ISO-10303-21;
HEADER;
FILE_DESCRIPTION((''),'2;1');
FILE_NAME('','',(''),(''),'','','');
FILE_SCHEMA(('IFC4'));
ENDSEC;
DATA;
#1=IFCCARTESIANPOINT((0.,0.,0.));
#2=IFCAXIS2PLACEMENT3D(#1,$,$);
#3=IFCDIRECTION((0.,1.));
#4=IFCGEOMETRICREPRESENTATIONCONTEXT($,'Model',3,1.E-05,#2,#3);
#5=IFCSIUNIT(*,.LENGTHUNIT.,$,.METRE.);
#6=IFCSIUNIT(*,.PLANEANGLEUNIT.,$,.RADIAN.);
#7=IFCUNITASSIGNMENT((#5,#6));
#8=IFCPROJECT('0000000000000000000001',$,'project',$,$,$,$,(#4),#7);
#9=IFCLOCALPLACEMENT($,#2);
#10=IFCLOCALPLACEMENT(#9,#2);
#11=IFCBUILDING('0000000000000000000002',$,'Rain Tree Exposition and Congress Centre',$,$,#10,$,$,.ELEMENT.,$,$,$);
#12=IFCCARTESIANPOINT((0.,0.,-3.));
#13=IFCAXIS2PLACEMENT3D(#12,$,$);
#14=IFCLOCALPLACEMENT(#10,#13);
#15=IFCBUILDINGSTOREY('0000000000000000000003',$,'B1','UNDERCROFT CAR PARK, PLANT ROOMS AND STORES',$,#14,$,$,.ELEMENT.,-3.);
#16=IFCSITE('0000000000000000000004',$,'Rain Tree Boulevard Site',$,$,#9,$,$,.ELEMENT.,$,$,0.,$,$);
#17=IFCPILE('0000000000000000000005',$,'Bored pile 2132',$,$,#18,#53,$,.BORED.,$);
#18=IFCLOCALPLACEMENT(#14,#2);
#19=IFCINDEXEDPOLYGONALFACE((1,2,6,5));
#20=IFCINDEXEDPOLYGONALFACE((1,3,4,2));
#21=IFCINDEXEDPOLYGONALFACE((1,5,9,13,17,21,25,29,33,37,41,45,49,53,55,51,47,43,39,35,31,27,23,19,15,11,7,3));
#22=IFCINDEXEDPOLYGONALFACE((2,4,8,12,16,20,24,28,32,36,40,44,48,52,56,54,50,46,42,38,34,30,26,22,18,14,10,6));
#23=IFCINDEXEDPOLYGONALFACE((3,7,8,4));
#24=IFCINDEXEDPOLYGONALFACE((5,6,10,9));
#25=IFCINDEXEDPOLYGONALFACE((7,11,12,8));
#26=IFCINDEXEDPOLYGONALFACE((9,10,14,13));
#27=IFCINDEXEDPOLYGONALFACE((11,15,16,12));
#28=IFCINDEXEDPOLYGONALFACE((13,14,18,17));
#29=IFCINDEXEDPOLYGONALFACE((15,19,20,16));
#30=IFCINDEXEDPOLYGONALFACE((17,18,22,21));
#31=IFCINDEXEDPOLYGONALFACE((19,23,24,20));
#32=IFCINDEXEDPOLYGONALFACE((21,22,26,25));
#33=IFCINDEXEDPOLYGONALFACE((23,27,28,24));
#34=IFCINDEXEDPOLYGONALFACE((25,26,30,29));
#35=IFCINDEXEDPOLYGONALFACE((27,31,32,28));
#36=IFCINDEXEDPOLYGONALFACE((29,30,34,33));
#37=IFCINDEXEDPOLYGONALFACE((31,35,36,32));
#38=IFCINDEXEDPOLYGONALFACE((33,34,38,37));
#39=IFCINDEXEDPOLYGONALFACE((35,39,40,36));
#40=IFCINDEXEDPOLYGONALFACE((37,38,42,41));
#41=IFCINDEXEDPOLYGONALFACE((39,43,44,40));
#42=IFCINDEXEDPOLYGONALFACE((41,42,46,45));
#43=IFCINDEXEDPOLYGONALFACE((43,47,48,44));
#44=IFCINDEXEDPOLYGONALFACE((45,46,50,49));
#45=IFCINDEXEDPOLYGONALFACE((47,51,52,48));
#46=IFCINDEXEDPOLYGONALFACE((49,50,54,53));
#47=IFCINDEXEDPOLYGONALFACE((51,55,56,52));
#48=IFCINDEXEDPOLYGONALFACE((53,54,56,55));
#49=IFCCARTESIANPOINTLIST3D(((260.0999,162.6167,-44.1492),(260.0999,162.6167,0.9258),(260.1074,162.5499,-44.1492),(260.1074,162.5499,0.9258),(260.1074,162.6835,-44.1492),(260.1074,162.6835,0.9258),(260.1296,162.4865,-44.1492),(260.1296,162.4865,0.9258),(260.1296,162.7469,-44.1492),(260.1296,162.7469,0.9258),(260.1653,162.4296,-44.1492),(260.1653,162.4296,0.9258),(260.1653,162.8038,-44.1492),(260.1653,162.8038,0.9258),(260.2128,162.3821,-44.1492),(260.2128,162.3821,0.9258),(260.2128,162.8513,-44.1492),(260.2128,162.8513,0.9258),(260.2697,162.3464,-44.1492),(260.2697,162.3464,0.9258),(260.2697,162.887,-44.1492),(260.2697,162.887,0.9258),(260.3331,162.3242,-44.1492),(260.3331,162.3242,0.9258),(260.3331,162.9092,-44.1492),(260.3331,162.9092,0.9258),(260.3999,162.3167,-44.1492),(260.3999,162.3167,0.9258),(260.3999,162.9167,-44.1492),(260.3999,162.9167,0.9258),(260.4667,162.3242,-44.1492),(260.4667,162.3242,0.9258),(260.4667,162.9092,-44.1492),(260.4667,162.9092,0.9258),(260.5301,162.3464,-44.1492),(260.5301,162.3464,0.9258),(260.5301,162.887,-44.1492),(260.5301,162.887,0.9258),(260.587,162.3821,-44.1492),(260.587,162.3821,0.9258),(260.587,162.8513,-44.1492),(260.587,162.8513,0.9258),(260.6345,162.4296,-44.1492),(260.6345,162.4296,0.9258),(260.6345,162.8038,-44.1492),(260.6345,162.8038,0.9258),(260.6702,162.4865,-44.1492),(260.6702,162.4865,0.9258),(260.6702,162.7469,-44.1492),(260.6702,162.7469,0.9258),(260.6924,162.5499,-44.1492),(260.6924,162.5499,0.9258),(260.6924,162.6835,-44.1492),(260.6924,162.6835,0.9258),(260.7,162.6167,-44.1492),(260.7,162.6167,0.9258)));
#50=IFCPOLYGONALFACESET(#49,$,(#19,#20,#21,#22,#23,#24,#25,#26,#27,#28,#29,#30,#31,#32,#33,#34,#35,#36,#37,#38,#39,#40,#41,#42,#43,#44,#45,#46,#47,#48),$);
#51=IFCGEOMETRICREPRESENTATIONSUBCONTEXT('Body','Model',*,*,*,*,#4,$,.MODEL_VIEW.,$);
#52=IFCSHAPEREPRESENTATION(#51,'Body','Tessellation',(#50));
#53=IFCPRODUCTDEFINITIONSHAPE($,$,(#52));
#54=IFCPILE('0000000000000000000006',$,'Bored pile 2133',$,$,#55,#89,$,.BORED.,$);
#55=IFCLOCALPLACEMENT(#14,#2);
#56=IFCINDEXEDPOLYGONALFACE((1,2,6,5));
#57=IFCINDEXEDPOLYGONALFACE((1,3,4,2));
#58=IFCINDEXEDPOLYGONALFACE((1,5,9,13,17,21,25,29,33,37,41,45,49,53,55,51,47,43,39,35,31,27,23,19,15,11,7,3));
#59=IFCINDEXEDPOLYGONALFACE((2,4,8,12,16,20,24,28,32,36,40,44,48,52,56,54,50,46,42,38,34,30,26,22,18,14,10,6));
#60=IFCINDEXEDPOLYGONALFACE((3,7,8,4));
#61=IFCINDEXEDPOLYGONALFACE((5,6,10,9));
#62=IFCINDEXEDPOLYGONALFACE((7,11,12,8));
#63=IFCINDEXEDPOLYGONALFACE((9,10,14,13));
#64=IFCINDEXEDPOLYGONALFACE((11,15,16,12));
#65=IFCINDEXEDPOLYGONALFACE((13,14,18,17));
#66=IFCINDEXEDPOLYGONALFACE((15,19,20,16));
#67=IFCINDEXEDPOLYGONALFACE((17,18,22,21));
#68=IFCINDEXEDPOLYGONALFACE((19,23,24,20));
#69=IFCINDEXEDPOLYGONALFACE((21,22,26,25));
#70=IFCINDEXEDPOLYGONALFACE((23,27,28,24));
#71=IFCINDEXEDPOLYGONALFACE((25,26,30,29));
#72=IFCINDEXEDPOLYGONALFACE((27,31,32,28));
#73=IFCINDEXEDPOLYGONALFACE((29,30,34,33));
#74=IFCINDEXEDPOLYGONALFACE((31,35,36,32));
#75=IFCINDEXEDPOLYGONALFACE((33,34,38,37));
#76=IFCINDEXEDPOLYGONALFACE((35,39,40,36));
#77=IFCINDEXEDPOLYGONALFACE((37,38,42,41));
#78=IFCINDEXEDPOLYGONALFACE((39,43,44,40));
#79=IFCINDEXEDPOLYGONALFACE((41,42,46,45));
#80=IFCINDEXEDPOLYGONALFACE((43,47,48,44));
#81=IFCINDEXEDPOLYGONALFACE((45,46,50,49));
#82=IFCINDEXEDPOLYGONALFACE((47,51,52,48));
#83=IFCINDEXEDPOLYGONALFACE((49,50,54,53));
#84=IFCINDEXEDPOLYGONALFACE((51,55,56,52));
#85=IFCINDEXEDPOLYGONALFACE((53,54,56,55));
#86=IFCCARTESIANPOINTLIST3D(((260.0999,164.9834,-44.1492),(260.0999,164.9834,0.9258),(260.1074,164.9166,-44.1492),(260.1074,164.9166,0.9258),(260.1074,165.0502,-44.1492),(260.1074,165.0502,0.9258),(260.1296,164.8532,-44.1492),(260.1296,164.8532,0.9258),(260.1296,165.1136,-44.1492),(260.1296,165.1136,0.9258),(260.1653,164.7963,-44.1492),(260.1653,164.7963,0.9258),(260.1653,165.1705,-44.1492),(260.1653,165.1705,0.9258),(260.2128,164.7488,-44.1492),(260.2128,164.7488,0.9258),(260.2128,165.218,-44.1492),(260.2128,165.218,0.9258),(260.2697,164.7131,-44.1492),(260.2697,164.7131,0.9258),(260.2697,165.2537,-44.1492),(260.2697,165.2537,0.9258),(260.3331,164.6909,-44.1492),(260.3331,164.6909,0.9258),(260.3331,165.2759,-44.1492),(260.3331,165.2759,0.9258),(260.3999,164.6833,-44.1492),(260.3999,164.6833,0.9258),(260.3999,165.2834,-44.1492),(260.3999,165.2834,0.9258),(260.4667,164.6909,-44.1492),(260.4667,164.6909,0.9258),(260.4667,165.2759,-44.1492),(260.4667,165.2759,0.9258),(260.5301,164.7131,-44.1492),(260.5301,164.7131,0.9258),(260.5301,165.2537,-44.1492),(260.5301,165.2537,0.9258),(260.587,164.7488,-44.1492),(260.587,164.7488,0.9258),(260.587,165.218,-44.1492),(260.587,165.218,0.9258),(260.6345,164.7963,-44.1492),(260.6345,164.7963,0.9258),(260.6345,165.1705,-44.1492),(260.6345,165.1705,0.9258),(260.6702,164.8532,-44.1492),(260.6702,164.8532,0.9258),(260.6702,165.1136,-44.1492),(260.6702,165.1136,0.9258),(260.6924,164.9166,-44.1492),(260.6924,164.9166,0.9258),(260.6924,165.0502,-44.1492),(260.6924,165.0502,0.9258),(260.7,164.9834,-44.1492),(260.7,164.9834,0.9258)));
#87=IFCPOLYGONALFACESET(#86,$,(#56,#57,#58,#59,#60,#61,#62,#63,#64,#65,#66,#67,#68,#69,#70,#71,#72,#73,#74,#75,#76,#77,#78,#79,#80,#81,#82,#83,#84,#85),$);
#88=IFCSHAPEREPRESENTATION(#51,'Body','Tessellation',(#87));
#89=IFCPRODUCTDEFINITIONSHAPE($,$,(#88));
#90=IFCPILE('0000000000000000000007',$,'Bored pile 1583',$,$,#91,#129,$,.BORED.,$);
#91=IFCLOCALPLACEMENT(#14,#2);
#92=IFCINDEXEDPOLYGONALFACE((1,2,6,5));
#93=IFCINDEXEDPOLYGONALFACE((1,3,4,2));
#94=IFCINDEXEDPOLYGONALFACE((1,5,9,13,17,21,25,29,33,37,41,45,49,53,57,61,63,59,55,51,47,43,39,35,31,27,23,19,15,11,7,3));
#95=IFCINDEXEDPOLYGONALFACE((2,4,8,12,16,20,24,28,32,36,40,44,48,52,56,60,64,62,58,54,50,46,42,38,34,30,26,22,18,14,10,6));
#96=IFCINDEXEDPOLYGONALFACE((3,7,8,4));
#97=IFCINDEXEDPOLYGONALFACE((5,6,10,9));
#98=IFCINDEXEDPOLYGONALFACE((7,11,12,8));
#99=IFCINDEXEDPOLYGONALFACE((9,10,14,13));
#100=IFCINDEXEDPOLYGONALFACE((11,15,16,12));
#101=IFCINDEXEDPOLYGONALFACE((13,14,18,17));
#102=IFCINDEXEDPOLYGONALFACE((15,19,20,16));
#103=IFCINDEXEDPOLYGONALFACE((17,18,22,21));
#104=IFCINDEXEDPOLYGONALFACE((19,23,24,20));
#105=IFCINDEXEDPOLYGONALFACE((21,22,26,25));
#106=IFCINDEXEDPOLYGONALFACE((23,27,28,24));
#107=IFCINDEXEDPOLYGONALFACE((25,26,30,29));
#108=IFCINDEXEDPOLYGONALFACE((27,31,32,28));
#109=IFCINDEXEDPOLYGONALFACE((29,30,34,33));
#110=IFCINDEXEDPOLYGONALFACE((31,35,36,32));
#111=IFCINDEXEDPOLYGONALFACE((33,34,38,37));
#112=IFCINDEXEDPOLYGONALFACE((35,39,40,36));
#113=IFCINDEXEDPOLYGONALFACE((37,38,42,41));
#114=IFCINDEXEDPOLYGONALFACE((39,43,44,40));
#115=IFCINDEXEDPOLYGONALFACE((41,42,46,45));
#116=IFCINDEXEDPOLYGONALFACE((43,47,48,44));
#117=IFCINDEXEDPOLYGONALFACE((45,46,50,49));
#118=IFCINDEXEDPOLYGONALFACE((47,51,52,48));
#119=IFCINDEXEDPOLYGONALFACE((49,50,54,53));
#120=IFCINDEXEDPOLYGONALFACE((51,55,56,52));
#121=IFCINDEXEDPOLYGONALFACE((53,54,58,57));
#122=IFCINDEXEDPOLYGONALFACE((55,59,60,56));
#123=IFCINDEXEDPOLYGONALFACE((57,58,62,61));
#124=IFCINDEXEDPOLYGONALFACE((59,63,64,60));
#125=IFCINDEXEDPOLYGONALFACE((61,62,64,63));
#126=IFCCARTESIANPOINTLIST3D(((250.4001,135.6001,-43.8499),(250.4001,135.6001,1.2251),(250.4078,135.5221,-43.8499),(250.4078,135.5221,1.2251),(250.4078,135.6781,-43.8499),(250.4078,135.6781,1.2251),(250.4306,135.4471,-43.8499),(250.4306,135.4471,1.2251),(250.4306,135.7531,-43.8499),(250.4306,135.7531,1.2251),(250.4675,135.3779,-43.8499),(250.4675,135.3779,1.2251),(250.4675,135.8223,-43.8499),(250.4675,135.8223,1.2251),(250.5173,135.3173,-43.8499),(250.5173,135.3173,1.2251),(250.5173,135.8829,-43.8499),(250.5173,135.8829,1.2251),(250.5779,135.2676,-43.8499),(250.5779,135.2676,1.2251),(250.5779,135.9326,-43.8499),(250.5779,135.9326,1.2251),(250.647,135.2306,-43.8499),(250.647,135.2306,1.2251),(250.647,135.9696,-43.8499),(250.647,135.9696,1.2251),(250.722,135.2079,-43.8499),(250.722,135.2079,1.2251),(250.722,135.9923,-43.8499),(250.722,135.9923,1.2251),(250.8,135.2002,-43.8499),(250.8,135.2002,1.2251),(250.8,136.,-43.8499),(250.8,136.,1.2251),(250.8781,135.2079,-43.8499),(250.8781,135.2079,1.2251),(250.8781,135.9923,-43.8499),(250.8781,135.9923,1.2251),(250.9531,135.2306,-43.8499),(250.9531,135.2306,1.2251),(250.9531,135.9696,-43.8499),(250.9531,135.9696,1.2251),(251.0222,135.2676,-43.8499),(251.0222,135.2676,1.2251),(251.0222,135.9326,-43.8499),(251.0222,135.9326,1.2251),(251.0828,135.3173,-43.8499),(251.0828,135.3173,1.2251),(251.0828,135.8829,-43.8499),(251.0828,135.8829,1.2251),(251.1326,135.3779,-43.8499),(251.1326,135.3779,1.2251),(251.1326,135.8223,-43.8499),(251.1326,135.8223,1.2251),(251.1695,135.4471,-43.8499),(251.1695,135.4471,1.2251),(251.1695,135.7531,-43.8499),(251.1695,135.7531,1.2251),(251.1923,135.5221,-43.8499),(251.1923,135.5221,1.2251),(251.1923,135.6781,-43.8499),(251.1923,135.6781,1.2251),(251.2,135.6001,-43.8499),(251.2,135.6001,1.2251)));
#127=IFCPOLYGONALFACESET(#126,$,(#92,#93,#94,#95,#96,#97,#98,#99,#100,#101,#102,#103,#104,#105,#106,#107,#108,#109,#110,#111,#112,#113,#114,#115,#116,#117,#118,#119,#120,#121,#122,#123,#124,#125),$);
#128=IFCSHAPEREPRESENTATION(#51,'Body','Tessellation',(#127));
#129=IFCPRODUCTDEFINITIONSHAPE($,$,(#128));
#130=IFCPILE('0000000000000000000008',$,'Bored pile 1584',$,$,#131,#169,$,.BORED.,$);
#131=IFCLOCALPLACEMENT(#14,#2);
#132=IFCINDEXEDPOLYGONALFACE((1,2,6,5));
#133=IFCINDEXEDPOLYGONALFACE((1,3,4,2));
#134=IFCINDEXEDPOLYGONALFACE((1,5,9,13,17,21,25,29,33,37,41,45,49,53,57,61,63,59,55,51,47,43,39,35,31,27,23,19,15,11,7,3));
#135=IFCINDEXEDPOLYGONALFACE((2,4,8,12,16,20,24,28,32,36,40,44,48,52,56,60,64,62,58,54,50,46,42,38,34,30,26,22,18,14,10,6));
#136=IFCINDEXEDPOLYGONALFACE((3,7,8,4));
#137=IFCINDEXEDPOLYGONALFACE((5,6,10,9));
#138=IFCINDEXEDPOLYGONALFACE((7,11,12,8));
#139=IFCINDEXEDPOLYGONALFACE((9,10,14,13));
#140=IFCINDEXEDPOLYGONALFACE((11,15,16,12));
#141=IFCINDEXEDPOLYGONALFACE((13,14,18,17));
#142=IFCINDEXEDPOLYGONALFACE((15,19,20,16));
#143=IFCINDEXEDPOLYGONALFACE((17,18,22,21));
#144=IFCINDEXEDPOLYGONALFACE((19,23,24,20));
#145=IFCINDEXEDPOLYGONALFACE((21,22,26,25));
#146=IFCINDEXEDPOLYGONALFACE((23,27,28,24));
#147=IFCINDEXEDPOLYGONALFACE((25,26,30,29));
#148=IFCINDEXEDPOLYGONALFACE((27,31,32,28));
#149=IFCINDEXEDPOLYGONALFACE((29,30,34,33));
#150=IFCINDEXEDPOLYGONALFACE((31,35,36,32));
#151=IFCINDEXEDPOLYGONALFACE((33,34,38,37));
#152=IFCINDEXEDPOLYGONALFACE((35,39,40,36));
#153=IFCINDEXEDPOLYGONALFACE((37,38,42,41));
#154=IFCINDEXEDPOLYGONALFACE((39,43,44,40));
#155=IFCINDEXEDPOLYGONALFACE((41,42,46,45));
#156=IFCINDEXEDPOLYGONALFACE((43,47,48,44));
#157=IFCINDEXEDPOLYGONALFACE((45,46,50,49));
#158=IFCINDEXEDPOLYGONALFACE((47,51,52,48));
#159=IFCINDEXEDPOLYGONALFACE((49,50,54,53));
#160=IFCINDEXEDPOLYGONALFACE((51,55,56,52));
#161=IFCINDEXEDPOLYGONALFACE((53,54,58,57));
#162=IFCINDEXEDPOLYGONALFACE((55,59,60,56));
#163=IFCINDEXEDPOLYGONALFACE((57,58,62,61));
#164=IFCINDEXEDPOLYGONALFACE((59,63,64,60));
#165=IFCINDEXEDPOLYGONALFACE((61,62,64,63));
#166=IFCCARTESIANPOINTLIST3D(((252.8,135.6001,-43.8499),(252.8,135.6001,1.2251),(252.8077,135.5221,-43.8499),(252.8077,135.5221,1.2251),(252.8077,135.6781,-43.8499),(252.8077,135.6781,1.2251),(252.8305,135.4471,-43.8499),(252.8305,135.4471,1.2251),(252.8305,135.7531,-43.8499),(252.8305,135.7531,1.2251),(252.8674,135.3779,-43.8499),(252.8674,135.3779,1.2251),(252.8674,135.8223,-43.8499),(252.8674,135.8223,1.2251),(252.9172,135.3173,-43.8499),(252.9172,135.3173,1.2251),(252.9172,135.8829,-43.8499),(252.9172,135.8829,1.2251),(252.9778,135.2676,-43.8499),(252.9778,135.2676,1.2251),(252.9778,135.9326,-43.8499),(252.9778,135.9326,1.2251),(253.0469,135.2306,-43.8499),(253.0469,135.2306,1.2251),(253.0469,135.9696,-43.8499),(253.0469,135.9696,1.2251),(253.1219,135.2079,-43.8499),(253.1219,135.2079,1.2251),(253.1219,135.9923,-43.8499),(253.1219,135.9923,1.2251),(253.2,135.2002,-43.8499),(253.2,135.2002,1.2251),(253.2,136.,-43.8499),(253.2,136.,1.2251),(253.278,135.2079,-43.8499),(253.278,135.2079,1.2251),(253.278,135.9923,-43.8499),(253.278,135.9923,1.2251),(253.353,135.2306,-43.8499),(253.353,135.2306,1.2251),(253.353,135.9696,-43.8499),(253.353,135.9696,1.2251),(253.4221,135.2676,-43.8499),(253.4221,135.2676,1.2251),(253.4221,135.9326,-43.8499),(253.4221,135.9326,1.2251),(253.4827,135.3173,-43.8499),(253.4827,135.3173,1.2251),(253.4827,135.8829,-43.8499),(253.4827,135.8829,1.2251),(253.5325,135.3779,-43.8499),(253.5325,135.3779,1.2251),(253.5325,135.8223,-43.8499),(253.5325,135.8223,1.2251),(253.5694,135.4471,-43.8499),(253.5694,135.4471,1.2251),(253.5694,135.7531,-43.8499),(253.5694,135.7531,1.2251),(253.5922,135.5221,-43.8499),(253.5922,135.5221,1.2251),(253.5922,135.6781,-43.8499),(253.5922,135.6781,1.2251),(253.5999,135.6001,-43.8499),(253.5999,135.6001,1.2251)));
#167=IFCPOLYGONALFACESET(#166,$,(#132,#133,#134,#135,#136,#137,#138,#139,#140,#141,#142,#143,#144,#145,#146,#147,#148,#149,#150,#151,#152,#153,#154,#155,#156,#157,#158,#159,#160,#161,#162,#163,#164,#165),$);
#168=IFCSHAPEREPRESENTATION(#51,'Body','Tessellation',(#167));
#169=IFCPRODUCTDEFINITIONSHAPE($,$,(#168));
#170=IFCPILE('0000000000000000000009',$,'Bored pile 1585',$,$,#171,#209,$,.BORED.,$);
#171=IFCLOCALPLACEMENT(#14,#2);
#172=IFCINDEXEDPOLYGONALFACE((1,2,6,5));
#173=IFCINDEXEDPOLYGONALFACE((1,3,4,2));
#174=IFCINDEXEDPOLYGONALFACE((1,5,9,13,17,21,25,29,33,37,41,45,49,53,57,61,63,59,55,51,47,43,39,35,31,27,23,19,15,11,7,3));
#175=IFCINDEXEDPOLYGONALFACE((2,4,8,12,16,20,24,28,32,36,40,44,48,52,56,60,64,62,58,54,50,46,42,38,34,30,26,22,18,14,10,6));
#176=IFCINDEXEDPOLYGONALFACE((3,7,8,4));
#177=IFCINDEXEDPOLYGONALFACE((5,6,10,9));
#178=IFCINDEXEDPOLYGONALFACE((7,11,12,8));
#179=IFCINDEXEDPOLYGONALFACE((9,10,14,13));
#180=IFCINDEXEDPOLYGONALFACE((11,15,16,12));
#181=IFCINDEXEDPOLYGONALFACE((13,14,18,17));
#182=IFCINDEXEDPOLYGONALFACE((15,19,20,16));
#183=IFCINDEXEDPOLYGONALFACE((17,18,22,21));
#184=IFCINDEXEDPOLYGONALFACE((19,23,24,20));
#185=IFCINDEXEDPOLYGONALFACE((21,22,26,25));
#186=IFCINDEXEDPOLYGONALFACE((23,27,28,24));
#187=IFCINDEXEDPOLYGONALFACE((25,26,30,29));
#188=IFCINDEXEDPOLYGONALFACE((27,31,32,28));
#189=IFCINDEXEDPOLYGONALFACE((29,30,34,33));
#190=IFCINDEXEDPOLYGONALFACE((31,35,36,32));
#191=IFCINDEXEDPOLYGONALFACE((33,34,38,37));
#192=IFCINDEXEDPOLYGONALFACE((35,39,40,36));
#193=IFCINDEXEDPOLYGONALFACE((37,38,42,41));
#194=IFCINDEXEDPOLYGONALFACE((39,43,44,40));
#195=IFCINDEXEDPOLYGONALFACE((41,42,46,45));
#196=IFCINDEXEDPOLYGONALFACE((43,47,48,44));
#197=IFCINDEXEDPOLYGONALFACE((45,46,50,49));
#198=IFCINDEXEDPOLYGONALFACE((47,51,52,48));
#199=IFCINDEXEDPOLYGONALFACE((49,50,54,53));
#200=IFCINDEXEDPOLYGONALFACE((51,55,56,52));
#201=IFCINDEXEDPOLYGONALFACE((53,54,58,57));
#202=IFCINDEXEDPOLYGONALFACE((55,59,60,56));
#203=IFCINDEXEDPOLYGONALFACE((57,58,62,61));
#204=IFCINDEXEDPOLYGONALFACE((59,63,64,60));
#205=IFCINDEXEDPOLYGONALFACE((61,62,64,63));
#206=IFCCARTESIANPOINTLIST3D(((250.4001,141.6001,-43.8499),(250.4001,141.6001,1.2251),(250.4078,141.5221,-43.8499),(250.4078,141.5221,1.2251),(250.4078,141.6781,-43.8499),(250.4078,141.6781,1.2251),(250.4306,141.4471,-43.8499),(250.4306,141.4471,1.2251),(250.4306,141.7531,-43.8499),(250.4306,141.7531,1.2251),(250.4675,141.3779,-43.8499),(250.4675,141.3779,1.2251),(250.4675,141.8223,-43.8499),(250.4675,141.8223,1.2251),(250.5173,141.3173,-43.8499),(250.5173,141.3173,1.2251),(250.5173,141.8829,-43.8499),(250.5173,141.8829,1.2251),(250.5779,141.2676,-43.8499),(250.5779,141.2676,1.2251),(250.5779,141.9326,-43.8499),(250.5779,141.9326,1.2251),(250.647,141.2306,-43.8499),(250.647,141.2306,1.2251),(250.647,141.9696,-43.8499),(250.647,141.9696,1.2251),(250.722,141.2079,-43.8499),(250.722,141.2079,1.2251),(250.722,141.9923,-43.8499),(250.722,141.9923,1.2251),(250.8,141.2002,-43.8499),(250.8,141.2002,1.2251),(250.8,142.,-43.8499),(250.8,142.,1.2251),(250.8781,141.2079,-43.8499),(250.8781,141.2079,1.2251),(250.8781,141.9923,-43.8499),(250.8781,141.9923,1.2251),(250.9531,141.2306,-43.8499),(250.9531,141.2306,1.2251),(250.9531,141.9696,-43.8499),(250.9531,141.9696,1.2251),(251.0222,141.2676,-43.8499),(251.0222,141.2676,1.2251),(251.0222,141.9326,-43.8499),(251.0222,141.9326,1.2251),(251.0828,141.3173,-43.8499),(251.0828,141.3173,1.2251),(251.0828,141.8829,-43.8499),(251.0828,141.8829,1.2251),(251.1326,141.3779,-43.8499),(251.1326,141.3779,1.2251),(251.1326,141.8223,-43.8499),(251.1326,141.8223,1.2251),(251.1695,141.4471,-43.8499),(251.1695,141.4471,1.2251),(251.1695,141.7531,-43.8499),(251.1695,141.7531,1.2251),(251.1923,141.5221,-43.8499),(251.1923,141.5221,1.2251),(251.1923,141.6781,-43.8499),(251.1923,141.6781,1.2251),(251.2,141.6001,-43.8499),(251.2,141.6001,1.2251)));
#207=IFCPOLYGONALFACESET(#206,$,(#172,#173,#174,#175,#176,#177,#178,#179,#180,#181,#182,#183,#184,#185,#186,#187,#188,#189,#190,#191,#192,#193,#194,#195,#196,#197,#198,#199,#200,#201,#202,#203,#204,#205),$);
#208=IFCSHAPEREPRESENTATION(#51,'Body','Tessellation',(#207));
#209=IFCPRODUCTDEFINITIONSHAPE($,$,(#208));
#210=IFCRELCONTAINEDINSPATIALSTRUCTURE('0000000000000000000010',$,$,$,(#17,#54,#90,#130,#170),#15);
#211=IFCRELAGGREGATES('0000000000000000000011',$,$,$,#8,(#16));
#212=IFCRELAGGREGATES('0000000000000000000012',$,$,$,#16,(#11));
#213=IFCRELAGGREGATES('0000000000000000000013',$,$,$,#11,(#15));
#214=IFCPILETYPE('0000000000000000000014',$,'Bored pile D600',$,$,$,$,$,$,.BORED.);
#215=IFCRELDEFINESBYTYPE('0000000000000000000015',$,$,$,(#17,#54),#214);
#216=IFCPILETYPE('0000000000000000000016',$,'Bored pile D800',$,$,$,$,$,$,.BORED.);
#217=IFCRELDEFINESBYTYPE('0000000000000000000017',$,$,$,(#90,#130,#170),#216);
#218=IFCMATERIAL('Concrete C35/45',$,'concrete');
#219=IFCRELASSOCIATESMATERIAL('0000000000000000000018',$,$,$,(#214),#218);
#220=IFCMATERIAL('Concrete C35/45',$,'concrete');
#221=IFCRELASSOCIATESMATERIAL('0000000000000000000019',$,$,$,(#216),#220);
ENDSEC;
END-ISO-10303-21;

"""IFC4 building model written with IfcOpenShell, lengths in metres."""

from ifc_helpers import new_model, si_unit, direction, frame, origin, origin_2d, place, context, subcontext, project, spatial, circle, extrude, material, material_profile, profile_set, type_object, element, save


model = new_model("IFC4")

# Units and contexts
model_context = context("Model", 3, precision=1e-05, world=origin(), true_north=direction((0.0, 1.0)))
body_context = subcontext(model_context, "Body", "Model", "MODEL_VIEW")
ifc_project = project(units=[si_unit("LENGTHUNIT", "METRE"), si_unit("PLANEANGLEUNIT", "RADIAN")], contexts=[model_context])

# Site, building, storey
site_placement = place(None, origin())
site = spatial("IfcSite", under=ifc_project, at=site_placement, Name="Rain Tree Boulevard Site", CompositionType="ELEMENT", RefElevation=0.0)
building_placement = place(site_placement, origin())
building = spatial("IfcBuilding", under=site, at=building_placement, Name="Rain Tree Exposition and Congress Centre", CompositionType="ELEMENT")
storey_placement = place(building_placement, frame((0.0, 0.0, -3.0)))
storey = spatial("IfcBuildingStorey", under=building, at=storey_placement, Name="B1", Description="UNDERCROFT CAR PARK, PLANT ROOMS AND STORES", CompositionType="ELEMENT", Elevation=-3.0)

# Piles
ifc_material_1 = material(Name="Concrete C35/45", Category="concrete")
ifc_material_profile_1 = material_profile(ifc_material_1, circle(Radius=0.3, at=origin_2d()), Name="D600")
ifc_profile_set_1 = profile_set([ifc_material_profile_1], Name="Concrete C35/45")
pile_type_1 = type_object("IfcPileType", Name="Bored pile D600", PredefinedType="BORED", material=ifc_profile_set_1)
for number, where, z_axis, x_axis, name in (
    (1, (260.3999, 162.6167, 0.9258), (0.0, 0.0, -1.0), (1.0, 0.0, 0.0), "Bored pile 2132"),
    (2, (260.3999, 164.9834, 0.9258), (0.0, 0.0, -1.0), (1.0, 0.0, 0.0), "Bored pile 2133"),
):
    element("IfcPile", number, at=place(storey_placement, frame(where, z_axis=z_axis, x_axis=x_axis)), inside=storey, type_object=pile_type_1, Name=name, PredefinedType="BORED", context=body_context, shape_type="SweptSolid", body=[
        extrude(circle(Radius=0.3, at=origin_2d()), origin(), (0.0, 0.0, 1.0), 45.075),
    ])
ifc_material_2 = material(Name="Concrete C35/45", Category="concrete")
ifc_material_profile_2 = material_profile(ifc_material_2, circle(Radius=0.3999, at=origin_2d()), Name="D800")
ifc_profile_set_2 = profile_set([ifc_material_profile_2], Name="Concrete C35/45")
pile_type_2 = type_object("IfcPileType", Name="Bored pile D800", PredefinedType="BORED", material=ifc_profile_set_2)
for number, where, z_axis, x_axis, name in (
    (3, (250.8, 135.6001, 1.2251), (0.0, 0.0, -1.0), (1.0, 0.0, 0.0), "Bored pile 1583"),
    (4, (253.2, 135.6001, 1.2251), (0.0, 0.0, -1.0), (1.0, 0.0, 0.0), "Bored pile 1584"),
    (5, (250.8, 141.6001, 1.2251), (0.0, 0.0, -1.0), (1.0, 0.0, 0.0), "Bored pile 1585"),
):
    element("IfcPile", number, at=place(storey_placement, frame(where, z_axis=z_axis, x_axis=x_axis)), inside=storey, type_object=pile_type_2, Name=name, PredefinedType="BORED", context=body_context, shape_type="SweptSolid", body=[
        extrude(circle(Radius=0.3999, at=origin_2d()), origin(), (0.0, 0.0, 1.0), 45.075),
    ])

save(model, "model.ifc")
